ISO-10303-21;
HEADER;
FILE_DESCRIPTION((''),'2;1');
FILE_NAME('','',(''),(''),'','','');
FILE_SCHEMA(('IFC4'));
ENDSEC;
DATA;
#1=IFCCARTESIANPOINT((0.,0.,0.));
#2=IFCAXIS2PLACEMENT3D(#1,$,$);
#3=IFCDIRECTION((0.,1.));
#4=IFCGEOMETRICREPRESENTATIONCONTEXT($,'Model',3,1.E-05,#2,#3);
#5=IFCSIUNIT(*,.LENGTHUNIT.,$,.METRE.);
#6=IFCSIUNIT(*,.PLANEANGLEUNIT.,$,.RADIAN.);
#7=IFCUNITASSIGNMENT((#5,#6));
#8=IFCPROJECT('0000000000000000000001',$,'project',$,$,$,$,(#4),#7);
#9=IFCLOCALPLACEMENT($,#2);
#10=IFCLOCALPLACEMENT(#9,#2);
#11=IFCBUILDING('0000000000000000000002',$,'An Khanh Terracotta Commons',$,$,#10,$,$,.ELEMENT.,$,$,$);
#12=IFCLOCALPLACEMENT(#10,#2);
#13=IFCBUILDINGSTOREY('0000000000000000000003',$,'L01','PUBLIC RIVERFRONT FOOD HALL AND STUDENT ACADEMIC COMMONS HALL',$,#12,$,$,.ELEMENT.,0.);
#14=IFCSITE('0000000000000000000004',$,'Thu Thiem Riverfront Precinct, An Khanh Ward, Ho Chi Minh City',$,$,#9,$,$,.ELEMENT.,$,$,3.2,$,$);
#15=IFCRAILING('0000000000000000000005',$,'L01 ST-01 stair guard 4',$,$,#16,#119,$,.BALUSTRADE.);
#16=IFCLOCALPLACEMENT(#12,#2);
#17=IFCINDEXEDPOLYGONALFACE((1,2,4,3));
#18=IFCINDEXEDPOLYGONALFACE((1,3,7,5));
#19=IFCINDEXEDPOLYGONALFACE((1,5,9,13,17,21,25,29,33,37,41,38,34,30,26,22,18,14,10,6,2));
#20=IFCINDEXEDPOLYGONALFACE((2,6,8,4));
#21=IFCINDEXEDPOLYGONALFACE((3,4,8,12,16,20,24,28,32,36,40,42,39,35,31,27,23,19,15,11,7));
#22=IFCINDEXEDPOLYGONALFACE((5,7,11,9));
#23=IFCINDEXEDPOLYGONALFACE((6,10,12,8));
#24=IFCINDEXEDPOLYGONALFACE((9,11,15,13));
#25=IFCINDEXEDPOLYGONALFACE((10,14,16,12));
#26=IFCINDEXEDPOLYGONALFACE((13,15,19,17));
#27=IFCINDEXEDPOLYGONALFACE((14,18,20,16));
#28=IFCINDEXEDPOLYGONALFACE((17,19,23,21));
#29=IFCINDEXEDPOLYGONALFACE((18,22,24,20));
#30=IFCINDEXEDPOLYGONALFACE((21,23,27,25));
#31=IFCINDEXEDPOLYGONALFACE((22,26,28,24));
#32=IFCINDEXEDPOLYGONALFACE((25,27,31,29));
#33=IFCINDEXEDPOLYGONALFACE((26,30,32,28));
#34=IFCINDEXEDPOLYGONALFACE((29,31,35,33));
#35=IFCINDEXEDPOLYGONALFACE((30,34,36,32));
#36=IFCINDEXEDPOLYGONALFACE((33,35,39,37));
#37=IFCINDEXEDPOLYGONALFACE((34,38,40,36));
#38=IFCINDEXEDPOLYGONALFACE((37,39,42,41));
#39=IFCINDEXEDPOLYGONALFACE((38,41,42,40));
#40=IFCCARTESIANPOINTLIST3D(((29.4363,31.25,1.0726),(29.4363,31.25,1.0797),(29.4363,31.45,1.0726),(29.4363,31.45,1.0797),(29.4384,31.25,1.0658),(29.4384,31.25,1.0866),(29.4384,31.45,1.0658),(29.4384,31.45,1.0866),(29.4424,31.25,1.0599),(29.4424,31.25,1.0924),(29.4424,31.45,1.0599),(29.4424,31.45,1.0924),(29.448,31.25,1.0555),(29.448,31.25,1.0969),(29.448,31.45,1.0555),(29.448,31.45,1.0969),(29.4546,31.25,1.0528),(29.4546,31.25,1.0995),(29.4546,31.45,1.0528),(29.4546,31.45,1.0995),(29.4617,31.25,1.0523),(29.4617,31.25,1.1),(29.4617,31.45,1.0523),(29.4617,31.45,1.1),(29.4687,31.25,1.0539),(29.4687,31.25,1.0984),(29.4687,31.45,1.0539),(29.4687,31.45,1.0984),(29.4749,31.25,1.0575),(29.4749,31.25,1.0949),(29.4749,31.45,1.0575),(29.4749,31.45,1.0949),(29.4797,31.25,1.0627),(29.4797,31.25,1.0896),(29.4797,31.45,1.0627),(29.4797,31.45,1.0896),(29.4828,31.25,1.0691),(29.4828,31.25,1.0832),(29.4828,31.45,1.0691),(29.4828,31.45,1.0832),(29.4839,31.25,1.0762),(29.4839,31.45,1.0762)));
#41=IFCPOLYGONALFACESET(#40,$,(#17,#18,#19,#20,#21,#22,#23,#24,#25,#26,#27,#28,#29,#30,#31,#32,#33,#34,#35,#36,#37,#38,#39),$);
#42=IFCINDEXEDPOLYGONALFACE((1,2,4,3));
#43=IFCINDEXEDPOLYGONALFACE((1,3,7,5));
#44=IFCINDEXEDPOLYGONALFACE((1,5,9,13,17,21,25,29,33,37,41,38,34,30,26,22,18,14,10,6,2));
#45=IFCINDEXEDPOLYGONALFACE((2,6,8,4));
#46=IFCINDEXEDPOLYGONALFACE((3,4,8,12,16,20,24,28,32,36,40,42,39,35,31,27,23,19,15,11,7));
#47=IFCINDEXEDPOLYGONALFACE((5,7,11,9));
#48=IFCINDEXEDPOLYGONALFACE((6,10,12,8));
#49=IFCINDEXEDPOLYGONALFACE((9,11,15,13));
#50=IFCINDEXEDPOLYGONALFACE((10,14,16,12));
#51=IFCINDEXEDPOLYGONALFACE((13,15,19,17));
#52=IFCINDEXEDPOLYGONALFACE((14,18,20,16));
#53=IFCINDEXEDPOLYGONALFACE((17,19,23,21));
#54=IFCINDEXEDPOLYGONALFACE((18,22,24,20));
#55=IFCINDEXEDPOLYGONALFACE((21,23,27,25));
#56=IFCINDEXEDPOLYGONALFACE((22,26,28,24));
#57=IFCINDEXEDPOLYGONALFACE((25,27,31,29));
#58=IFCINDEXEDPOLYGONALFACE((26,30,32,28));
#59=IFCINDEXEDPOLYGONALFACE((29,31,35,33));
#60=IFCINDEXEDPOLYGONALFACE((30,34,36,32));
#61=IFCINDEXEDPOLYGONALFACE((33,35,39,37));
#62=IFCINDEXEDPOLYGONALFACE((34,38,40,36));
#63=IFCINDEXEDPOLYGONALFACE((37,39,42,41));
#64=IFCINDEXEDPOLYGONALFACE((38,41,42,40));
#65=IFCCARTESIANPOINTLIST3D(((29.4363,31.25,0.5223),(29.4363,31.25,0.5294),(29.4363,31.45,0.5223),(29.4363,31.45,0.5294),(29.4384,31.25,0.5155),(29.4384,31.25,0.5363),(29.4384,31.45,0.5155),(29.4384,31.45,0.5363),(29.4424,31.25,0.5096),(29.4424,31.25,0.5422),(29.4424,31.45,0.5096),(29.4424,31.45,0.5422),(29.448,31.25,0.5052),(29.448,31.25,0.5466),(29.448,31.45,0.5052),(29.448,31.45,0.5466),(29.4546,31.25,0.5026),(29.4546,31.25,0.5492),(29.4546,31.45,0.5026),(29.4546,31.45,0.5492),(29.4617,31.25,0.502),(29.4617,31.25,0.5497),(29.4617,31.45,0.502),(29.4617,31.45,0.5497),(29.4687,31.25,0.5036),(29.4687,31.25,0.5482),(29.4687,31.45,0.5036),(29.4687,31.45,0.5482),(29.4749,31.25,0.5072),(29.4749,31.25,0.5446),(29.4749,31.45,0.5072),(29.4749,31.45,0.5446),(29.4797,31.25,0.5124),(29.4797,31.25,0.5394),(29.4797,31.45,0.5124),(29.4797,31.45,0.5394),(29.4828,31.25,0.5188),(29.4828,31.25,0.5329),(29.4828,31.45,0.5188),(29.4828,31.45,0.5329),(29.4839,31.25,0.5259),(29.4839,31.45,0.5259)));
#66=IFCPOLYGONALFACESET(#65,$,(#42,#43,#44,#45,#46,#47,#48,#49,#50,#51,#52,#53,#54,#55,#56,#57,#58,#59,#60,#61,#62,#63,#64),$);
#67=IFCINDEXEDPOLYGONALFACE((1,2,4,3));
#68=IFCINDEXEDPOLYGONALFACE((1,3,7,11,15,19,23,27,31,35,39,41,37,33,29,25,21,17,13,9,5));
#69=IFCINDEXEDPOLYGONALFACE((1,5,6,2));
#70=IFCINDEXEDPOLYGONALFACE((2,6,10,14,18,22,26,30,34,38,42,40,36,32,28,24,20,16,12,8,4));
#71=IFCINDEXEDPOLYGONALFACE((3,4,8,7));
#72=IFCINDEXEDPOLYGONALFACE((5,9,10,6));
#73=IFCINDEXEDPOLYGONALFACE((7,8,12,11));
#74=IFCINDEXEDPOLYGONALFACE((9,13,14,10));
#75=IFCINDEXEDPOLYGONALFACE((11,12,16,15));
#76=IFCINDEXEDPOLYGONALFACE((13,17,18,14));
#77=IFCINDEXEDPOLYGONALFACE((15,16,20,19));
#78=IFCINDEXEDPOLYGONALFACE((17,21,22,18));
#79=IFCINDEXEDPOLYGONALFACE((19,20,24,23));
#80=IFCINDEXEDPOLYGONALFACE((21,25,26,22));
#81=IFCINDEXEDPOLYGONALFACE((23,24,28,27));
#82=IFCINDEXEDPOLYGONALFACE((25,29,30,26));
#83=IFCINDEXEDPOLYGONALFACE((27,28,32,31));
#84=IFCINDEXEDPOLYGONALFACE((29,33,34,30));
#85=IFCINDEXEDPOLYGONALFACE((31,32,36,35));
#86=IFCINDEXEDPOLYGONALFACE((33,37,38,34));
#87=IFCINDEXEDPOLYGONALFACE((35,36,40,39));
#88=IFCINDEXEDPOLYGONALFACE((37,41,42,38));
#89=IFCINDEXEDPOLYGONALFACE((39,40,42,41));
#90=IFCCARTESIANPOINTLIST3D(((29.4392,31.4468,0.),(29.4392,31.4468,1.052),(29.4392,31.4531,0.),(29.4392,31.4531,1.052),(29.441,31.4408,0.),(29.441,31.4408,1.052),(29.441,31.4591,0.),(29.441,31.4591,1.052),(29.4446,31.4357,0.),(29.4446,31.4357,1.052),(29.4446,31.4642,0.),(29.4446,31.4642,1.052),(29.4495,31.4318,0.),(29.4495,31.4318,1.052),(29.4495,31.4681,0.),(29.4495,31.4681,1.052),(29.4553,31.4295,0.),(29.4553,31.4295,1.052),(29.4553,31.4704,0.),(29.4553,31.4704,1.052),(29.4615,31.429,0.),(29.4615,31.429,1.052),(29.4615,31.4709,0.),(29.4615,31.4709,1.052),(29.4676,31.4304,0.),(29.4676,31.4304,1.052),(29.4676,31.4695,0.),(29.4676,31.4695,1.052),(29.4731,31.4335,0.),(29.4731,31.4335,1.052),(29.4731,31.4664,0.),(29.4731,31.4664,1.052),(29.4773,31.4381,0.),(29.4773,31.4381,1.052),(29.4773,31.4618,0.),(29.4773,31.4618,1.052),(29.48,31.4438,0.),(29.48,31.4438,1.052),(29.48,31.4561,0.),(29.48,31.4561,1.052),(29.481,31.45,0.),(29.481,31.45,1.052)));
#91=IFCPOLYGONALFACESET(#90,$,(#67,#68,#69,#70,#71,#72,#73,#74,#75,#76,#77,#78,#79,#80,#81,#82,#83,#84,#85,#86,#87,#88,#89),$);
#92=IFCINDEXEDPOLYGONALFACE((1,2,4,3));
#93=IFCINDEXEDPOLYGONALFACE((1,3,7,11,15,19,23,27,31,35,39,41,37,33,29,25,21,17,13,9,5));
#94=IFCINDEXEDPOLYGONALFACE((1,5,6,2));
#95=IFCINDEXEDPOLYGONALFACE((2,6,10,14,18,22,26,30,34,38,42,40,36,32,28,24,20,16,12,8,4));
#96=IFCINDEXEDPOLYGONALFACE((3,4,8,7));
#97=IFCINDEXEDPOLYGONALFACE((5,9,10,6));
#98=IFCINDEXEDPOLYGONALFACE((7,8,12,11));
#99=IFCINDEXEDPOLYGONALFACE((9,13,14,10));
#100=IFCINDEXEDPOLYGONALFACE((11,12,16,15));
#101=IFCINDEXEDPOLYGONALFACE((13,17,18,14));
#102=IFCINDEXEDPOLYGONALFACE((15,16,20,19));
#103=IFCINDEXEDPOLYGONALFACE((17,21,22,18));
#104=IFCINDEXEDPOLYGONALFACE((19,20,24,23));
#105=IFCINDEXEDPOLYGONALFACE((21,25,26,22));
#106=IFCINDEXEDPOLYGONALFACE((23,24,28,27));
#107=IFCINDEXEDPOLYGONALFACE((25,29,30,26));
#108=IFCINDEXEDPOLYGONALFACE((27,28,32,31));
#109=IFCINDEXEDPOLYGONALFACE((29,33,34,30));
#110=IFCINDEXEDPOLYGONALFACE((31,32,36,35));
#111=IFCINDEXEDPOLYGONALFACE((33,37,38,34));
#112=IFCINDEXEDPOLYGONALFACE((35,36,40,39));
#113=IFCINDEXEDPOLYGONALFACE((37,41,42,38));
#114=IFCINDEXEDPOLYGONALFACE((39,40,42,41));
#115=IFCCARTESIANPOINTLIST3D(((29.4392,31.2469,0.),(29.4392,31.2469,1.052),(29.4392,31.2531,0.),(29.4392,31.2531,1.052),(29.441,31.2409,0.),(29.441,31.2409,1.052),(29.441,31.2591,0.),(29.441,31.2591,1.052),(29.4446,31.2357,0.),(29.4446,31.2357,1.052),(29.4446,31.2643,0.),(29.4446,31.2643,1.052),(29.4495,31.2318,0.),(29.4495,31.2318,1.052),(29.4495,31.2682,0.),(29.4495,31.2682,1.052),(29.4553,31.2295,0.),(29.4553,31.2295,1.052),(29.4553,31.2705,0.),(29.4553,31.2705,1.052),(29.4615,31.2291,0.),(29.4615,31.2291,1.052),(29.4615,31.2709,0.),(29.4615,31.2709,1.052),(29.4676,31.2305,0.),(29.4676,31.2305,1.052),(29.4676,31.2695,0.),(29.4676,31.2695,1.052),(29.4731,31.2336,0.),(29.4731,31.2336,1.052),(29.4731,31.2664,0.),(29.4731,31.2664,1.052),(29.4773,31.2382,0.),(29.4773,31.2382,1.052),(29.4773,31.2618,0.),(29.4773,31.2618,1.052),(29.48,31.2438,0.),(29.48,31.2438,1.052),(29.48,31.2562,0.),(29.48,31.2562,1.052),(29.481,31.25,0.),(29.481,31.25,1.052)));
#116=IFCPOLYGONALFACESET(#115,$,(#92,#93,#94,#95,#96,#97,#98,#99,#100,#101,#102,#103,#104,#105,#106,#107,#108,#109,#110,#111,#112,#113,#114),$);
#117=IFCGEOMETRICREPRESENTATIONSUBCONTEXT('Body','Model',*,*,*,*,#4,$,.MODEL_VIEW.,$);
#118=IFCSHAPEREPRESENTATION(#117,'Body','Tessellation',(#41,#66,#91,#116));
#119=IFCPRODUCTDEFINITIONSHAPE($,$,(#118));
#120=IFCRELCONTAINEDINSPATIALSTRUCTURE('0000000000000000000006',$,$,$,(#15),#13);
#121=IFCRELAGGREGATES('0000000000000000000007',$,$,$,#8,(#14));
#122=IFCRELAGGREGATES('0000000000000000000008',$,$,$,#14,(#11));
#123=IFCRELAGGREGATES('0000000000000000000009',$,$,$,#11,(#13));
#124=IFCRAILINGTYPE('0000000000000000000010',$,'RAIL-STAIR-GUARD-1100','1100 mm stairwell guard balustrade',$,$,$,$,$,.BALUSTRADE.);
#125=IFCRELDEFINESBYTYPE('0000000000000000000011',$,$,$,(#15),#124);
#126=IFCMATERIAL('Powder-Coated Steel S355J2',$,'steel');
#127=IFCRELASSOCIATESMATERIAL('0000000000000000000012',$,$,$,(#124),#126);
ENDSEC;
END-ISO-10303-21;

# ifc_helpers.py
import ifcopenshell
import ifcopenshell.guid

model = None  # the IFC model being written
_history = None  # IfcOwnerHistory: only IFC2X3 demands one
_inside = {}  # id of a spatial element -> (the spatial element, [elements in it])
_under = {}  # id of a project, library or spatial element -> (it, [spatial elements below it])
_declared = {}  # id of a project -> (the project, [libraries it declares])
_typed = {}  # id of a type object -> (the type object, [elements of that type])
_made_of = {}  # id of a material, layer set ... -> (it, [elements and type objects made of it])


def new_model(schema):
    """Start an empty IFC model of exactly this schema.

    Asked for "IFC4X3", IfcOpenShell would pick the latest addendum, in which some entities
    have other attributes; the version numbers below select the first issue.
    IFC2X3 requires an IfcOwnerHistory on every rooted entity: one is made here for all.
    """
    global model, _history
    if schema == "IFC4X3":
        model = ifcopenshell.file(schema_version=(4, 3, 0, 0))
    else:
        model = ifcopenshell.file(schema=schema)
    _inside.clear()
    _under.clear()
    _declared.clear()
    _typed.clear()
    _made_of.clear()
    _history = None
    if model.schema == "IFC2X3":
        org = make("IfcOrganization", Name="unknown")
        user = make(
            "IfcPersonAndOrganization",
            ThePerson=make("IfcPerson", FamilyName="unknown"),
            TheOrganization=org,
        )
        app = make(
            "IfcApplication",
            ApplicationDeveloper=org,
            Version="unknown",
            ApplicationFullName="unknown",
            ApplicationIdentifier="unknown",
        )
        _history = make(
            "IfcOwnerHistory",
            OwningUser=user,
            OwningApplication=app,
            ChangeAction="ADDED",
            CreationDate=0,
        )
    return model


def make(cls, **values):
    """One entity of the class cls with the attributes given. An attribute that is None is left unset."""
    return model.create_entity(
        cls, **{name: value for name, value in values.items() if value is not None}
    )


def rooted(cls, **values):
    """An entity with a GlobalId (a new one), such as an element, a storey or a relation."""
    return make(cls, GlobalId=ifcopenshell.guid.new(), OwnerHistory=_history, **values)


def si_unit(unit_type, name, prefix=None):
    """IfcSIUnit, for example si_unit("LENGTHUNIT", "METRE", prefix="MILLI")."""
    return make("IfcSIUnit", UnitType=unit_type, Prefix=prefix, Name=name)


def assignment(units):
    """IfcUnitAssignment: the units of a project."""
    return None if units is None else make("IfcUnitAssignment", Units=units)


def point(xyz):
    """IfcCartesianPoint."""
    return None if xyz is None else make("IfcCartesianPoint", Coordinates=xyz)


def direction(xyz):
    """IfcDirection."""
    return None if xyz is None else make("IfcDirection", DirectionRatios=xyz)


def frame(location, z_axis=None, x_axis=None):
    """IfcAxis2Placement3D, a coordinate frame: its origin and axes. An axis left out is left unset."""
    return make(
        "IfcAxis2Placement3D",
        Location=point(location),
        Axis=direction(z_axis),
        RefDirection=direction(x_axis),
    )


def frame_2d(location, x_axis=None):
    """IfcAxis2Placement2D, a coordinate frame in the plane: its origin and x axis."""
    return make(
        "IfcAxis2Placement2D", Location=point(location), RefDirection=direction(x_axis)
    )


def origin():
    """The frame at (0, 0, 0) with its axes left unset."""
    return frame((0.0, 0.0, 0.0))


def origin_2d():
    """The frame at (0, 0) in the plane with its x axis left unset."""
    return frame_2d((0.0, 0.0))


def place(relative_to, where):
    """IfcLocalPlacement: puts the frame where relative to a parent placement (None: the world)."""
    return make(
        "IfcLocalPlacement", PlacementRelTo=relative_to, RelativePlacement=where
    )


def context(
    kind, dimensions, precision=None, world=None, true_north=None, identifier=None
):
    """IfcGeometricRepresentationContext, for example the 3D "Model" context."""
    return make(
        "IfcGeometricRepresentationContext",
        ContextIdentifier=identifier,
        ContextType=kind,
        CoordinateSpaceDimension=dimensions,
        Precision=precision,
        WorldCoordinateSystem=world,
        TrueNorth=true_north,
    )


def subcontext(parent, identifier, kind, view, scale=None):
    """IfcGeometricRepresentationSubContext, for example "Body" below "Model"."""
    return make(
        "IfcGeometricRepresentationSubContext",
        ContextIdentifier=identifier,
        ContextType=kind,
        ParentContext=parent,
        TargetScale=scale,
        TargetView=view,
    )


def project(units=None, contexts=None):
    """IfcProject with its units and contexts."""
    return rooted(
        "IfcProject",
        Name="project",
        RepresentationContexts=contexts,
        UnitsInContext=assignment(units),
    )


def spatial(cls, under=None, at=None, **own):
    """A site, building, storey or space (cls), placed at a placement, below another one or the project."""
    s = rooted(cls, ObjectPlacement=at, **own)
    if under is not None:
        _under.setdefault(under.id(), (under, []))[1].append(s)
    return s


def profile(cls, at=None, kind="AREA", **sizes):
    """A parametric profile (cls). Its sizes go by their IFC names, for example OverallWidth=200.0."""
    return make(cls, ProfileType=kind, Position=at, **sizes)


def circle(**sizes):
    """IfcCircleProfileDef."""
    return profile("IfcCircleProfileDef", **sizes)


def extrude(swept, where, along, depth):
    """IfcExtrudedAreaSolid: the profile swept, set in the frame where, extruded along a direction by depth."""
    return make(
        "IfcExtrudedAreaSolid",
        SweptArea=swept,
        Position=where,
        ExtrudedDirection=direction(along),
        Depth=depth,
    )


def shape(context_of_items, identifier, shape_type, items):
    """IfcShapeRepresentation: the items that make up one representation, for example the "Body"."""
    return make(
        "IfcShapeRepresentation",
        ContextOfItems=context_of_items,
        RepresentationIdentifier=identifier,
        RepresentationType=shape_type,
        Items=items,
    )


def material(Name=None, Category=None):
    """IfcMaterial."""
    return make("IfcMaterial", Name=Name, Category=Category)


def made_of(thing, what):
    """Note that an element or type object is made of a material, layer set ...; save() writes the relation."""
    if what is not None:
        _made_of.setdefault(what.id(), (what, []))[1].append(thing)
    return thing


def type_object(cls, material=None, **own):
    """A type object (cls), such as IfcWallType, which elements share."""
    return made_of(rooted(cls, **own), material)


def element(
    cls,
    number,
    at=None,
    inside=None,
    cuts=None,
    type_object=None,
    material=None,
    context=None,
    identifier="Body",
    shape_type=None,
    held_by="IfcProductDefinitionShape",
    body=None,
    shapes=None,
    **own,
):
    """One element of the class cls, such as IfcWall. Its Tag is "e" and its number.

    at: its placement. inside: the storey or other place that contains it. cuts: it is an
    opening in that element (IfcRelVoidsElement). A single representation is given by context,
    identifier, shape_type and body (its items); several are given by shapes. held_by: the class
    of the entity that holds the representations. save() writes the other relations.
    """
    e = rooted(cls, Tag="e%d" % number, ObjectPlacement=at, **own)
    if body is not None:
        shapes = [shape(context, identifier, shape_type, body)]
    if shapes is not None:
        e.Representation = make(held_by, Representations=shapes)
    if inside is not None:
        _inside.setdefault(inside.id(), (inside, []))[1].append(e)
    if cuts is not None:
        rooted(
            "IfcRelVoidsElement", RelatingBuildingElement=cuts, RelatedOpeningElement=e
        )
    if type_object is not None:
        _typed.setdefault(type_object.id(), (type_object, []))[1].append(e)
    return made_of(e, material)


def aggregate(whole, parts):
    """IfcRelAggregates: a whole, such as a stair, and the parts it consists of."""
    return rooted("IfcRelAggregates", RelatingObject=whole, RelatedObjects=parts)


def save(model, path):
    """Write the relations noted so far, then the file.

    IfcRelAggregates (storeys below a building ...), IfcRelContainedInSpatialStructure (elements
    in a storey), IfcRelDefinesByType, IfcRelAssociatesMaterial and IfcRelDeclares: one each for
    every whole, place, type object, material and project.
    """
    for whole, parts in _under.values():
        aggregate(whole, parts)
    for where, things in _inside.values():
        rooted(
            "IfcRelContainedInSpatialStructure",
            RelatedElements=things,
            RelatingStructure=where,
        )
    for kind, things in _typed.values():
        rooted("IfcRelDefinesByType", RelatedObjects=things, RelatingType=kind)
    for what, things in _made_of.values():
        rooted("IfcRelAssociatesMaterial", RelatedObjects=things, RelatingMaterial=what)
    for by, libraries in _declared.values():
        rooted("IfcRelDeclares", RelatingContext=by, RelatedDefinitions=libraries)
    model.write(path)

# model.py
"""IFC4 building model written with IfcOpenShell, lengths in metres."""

from ifc_helpers import new_model, si_unit, direction, frame, origin, origin_2d, place, context, subcontext, project, spatial, circle, extrude, material, type_object, element, save


model = new_model("IFC4")

# Units and contexts
model_context = context("Model", 3, precision=1e-05, world=origin(), true_north=direction((0.0, 1.0)))
body_context = subcontext(model_context, "Body", "Model", "MODEL_VIEW")
ifc_project = project(units=[si_unit("LENGTHUNIT", "METRE"), si_unit("PLANEANGLEUNIT", "RADIAN")], contexts=[model_context])

# Site, building, storey
site_placement = place(None, origin())
site = spatial("IfcSite", under=ifc_project, at=site_placement, Name="Thu Thiem Riverfront Precinct, An Khanh Ward, Ho Chi Minh City", CompositionType="ELEMENT", RefElevation=3.2)
building_placement = place(site_placement, origin())
building = spatial("IfcBuilding", under=site, at=building_placement, Name="An Khanh Terracotta Commons", CompositionType="ELEMENT")
storey_placement = place(building_placement, origin())
storey = spatial("IfcBuildingStorey", under=building, at=storey_placement, Name="L01", Description="PUBLIC RIVERFRONT FOOD HALL AND STUDENT ACADEMIC COMMONS HALL", CompositionType="ELEMENT", Elevation=0.0)

# Railing
ifc_material_1 = material(Name="Powder-Coated Steel S355J2", Category="steel")
railing_type_1 = type_object("IfcRailingType", Name="RAIL-STAIR-GUARD-1100", Description="1100 mm stairwell guard balustrade", PredefinedType="BALUSTRADE", material=ifc_material_1)
railing_1_placement = place(storey_placement, frame((29.46, 31.45, 0.0)))
element("IfcRailing", 1, at=railing_1_placement, inside=storey, type_object=railing_type_1, Name="L01 ST-01 stair guard 4", PredefinedType="BALUSTRADE", context=body_context, shape_type="SweptSolid", body=[
    extrude(circle(Radius=0.0239, at=origin_2d()), frame((0.0, 0.0, 1.0762), z_axis=(0.0, -1.0, 0.0), x_axis=(1.0, 0.0, 0.0)), (0.0, 0.0, 1.0), 0.2),
    extrude(circle(Radius=0.0239, at=origin_2d()), frame((0.0, 0.0, 0.5259), z_axis=(0.0, -1.0, 0.0), x_axis=(1.0, 0.0, 0.0)), (0.0, 0.0, 1.0), 0.2),
    extrude(circle(Radius=0.021, at=origin_2d()), origin(), (0.0, 0.0, 1.0), 1.052),
    extrude(circle(Radius=0.021, at=origin_2d()), frame((0.0, -0.2, 0.0)), (0.0, 0.0, 1.0), 1.052),
])

save(model, "model.ifc")
